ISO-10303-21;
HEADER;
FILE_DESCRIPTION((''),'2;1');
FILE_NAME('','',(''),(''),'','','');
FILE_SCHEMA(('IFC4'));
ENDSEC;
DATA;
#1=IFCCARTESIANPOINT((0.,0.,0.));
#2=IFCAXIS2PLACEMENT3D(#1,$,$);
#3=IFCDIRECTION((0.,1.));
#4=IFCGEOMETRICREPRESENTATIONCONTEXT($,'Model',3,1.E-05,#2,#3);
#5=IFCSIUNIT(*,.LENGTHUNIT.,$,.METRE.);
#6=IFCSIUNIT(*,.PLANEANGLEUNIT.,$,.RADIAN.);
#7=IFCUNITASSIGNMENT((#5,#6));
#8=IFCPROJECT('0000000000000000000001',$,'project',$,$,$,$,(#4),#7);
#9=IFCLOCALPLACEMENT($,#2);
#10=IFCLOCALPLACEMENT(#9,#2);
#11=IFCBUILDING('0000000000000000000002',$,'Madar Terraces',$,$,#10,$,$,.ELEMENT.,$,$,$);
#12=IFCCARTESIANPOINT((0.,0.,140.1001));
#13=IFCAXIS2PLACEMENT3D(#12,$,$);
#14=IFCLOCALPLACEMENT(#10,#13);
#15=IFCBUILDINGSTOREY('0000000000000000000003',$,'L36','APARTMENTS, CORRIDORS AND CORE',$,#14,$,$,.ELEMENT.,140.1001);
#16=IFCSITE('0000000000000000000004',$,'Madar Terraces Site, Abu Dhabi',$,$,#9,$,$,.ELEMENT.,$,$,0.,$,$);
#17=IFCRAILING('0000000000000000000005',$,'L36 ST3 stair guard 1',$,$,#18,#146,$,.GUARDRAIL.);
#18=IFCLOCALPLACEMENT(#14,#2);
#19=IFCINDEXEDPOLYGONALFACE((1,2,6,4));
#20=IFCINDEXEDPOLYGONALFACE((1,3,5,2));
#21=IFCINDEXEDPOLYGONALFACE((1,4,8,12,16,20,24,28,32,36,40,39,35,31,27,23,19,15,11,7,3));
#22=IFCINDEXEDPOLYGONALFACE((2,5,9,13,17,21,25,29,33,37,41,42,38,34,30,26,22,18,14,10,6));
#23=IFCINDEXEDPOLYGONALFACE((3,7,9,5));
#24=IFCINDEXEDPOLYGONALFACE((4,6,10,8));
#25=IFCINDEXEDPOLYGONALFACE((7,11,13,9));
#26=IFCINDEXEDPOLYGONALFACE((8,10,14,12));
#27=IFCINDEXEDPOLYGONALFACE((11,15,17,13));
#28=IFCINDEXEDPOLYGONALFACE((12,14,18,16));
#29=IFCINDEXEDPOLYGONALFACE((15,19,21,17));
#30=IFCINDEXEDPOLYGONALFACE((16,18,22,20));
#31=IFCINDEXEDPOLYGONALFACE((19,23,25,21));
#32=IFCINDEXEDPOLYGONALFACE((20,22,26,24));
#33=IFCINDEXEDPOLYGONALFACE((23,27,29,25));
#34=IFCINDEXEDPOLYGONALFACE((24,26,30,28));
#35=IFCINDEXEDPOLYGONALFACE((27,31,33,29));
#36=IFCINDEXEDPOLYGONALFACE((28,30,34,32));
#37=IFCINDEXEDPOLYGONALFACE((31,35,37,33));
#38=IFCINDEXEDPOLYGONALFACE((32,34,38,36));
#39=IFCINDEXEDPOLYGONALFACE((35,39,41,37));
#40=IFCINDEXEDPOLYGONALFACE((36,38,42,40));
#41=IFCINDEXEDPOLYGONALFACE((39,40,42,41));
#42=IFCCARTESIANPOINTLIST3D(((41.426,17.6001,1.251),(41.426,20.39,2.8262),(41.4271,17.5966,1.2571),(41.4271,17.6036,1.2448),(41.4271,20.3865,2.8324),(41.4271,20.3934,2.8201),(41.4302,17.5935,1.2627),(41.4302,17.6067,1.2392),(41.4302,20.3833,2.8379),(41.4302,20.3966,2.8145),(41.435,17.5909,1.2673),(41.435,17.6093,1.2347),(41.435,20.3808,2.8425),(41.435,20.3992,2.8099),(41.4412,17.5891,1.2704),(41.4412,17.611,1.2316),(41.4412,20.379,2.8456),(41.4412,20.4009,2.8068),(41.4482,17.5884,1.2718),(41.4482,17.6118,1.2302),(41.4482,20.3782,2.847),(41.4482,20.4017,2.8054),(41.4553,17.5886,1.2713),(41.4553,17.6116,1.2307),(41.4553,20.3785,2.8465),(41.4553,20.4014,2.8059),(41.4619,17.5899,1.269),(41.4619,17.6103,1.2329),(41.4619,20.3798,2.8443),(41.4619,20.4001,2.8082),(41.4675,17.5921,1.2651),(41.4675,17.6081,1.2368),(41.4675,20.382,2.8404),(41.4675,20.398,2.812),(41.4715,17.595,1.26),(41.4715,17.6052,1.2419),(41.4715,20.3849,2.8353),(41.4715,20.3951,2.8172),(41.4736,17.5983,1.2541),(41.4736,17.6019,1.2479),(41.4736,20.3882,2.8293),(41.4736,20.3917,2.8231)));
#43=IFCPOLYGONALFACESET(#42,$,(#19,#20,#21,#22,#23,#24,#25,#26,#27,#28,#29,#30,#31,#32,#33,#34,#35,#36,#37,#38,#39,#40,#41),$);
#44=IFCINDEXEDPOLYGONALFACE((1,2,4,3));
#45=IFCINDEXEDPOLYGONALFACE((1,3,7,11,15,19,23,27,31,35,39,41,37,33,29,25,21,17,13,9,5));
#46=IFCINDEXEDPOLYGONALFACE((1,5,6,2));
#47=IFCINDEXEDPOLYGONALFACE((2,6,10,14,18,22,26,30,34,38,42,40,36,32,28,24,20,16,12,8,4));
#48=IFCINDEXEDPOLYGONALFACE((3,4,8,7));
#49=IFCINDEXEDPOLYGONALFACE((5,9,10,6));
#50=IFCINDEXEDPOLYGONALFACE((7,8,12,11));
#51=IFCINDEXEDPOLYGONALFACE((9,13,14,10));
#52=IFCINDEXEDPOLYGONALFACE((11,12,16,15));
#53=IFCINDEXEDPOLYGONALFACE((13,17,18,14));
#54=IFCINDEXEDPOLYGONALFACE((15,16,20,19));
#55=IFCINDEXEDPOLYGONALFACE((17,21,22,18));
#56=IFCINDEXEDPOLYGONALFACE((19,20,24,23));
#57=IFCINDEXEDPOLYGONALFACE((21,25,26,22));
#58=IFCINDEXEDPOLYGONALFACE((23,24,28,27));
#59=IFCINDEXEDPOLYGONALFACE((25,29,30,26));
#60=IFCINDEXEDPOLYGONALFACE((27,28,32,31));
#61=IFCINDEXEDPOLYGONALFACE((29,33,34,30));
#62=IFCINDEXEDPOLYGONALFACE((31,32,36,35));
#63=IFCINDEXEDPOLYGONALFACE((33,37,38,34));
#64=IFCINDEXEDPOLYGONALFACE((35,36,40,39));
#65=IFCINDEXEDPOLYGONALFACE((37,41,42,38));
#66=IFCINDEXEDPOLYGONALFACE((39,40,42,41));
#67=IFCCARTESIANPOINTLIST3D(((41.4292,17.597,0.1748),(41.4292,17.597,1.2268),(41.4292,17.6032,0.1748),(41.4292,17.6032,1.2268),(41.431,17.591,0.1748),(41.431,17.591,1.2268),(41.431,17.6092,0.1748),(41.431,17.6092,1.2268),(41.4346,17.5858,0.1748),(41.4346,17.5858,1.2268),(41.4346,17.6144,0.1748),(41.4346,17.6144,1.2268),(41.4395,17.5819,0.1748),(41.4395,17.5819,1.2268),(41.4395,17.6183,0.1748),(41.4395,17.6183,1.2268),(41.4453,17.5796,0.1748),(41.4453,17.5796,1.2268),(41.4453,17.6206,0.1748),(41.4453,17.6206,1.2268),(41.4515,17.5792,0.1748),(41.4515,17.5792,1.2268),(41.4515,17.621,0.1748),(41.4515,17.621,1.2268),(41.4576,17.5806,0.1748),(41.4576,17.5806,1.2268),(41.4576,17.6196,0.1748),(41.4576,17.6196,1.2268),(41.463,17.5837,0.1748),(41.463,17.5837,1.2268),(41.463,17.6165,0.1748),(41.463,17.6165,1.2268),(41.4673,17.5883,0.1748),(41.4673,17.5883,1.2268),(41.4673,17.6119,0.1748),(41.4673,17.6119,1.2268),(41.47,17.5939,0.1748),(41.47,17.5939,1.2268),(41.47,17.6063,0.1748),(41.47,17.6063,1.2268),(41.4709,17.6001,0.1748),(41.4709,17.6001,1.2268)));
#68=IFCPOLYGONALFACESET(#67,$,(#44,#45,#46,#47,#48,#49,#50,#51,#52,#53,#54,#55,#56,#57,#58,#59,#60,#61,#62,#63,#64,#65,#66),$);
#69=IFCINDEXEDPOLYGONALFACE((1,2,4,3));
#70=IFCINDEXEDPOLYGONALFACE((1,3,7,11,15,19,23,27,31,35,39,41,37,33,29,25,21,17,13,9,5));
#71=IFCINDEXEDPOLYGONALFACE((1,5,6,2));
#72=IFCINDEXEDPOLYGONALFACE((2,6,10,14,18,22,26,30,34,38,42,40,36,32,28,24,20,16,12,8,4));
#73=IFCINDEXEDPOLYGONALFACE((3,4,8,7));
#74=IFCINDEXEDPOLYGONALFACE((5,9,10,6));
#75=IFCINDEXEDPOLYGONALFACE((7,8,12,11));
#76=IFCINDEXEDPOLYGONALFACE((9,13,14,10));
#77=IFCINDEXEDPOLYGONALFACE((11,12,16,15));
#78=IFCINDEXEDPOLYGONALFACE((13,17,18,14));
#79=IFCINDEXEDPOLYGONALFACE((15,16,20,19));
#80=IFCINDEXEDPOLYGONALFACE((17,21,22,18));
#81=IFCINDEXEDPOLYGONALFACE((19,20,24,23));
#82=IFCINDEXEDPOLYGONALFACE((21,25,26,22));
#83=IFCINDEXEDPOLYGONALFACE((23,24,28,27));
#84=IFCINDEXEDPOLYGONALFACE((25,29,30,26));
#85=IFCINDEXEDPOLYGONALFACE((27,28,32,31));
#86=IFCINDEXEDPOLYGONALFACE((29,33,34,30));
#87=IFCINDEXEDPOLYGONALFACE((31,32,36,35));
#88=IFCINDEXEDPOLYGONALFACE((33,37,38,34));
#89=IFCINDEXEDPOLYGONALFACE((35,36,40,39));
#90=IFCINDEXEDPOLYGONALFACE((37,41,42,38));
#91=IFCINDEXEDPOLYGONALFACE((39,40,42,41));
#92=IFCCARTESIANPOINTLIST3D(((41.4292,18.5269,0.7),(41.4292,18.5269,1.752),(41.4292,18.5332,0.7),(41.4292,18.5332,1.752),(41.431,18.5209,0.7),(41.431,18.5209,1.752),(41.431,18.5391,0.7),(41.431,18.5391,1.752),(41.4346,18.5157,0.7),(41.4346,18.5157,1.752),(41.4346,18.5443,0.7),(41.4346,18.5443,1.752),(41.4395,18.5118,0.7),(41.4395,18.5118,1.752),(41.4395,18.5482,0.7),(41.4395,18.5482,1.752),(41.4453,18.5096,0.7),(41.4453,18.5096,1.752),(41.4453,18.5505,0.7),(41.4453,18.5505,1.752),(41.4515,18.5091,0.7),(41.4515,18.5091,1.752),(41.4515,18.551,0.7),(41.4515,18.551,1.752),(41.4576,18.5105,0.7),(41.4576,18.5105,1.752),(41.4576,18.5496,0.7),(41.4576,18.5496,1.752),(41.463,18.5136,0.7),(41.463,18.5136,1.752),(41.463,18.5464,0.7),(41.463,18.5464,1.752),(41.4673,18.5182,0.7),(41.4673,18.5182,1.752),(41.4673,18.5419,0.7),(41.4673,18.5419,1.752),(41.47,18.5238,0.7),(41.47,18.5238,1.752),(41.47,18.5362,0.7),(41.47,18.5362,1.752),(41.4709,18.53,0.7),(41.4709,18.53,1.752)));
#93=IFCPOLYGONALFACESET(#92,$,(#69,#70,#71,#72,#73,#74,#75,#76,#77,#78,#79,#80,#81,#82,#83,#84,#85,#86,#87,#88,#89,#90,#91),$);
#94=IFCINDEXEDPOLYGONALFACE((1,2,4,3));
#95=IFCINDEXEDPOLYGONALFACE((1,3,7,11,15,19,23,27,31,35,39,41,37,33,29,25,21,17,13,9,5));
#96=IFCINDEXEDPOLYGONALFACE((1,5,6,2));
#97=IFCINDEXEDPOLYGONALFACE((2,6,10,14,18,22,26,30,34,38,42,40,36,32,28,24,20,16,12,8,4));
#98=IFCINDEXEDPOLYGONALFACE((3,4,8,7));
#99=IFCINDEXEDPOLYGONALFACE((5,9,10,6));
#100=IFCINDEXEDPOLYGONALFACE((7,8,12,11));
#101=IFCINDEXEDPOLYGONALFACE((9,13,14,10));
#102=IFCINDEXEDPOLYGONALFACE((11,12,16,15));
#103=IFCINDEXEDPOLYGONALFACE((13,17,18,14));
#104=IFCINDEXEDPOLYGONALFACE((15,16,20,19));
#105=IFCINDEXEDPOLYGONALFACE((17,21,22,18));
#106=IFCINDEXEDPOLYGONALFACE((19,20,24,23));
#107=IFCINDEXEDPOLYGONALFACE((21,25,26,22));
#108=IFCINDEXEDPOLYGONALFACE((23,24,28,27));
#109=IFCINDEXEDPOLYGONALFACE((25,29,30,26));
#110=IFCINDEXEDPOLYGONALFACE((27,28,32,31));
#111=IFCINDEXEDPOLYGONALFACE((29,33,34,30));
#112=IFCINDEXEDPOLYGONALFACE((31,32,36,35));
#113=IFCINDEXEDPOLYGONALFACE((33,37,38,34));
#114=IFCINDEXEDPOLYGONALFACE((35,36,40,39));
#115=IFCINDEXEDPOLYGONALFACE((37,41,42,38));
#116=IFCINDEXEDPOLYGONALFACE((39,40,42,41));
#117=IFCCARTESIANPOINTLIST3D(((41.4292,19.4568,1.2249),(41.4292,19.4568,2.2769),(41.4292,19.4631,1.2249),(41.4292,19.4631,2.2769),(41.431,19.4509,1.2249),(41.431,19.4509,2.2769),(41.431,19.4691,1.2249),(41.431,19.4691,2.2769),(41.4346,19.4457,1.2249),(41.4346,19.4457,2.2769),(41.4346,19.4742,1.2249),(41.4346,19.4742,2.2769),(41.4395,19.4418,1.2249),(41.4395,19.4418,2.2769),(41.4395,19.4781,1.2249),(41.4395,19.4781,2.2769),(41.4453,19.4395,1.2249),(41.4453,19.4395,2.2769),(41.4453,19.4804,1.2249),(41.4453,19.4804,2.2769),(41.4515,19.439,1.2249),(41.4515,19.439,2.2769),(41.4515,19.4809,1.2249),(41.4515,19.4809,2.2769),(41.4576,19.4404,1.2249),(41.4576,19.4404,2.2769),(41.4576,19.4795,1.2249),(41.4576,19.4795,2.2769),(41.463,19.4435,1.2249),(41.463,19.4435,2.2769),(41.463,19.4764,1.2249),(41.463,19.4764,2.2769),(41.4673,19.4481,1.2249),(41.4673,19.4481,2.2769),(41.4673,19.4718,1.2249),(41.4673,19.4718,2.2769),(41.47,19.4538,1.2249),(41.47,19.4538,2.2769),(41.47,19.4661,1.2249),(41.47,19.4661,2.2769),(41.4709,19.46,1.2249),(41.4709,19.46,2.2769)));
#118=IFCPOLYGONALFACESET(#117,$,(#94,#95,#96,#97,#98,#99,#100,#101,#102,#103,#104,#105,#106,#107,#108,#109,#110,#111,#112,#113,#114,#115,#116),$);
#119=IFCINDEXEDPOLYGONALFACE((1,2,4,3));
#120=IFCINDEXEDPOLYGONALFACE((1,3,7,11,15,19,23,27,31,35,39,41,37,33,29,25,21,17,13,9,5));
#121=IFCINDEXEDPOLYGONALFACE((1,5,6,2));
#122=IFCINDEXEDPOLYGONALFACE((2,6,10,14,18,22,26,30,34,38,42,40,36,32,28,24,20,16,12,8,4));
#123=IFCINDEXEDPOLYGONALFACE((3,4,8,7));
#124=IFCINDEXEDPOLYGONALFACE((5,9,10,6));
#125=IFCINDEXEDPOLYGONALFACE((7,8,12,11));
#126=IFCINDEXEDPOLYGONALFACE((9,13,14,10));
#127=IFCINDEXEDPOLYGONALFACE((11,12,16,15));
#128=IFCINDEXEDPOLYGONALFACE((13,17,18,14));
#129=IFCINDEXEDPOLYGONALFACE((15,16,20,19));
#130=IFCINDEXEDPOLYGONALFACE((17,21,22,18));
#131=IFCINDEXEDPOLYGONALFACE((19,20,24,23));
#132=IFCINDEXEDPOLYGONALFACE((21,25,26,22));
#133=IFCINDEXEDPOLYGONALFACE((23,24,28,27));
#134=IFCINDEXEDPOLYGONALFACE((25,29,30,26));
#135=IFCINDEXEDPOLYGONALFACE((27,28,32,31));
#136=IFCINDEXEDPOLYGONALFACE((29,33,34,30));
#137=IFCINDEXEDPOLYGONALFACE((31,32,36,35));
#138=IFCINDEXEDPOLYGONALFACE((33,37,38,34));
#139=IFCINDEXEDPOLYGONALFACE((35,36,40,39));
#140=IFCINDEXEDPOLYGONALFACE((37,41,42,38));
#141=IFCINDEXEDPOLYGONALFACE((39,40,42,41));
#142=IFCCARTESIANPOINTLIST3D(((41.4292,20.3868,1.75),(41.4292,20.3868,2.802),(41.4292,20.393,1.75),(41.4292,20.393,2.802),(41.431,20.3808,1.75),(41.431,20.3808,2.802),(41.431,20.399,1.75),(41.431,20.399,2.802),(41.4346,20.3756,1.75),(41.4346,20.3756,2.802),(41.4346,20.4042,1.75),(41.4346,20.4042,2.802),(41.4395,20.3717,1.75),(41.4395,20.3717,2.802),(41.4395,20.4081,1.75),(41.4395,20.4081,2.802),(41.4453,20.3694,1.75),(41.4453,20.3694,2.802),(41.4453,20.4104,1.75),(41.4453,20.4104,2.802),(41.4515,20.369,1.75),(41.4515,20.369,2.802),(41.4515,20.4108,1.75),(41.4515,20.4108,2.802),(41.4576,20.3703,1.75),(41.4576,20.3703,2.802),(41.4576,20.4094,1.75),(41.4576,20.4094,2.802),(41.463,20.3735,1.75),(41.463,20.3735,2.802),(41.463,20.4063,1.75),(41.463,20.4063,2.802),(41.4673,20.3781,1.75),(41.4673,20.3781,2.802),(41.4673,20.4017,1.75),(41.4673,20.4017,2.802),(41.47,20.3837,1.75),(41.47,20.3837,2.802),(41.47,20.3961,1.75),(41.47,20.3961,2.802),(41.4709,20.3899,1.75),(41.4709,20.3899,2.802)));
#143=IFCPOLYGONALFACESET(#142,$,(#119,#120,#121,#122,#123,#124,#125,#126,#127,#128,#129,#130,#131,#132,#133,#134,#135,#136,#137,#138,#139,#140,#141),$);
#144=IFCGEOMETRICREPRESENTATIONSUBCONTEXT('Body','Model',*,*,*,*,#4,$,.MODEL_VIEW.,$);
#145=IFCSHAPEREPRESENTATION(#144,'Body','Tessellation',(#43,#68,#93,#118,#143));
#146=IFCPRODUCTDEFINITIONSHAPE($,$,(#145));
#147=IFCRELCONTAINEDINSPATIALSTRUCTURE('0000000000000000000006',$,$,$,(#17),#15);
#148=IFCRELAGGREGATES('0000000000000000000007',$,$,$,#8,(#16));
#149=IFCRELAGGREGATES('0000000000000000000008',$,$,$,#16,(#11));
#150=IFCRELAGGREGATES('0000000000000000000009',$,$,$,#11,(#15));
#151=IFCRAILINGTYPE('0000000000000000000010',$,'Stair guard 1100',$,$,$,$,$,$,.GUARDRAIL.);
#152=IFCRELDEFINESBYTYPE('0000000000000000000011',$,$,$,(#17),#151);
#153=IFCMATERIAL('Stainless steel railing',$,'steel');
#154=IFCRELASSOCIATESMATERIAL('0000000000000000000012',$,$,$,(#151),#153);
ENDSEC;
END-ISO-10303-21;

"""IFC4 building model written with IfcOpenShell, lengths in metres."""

from ifc_helpers import new_model, si_unit, direction, frame, origin, origin_2d, place, context, subcontext, project, spatial, circle, extrude, material, type_object, element, save


model = new_model("IFC4")

# Units and contexts
model_context = context("Model", 3, precision=1e-05, world=origin(), true_north=direction((0.0, 1.0)))
body_context = subcontext(model_context, "Body", "Model", "MODEL_VIEW")
ifc_project = project(units=[si_unit("LENGTHUNIT", "METRE"), si_unit("PLANEANGLEUNIT", "RADIAN")], contexts=[model_context])

# Site, building, storey
site_placement = place(None, origin())
site = spatial("IfcSite", under=ifc_project, at=site_placement, Name="Madar Terraces Site, Abu Dhabi", CompositionType="ELEMENT", RefElevation=0.0)
building_placement = place(site_placement, origin())
building = spatial("IfcBuilding", under=site, at=building_placement, Name="Madar Terraces", CompositionType="ELEMENT")
storey_placement = place(building_placement, frame((0.0, 0.0, 140.1001)))
storey = spatial("IfcBuildingStorey", under=building, at=storey_placement, Name="L36", Description="APARTMENTS, CORRIDORS AND CORE", CompositionType="ELEMENT", Elevation=140.1001)

# Railing
ifc_material_1 = material(Name="Stainless steel railing", Category="steel")
railing_type_1 = type_object("IfcRailingType", Name="Stair guard 1100", PredefinedType="GUARDRAIL", material=ifc_material_1)
railing_1_placement = place(storey_placement, frame((41.45, 17.6001, 0.1748)))
element("IfcRailing", 1, at=railing_1_placement, inside=storey, type_object=railing_type_1, Name="L36 ST3 stair guard 1", PredefinedType="GUARDRAIL", context=body_context, shape_type="SweptSolid", body=[
    extrude(circle(Radius=0.0239, at=origin_2d()), frame((0.0, 0.0, 1.0762), z_axis=(0.0, 0.870783, 0.491668), x_axis=(-1.0, 0.0, 0.0)), (0.0, 0.0, 1.0), 3.2039),
    extrude(circle(Radius=0.021, at=origin_2d()), origin(), (0.0, 0.0, 1.0), 1.052),
    extrude(circle(Radius=0.021, at=origin_2d()), frame((0.0, 0.9299, 0.5251)), (0.0, 0.0, 1.0), 1.052),
    extrude(circle(Radius=0.021, at=origin_2d()), frame((0.0, 1.8599, 1.05)), (0.0, 0.0, 1.0), 1.052),
    extrude(circle(Radius=0.021, at=origin_2d()), frame((0.0, 2.7898, 1.5752)), (0.0, 0.0, 1.0), 1.052),
])

save(model, "model.ifc")
